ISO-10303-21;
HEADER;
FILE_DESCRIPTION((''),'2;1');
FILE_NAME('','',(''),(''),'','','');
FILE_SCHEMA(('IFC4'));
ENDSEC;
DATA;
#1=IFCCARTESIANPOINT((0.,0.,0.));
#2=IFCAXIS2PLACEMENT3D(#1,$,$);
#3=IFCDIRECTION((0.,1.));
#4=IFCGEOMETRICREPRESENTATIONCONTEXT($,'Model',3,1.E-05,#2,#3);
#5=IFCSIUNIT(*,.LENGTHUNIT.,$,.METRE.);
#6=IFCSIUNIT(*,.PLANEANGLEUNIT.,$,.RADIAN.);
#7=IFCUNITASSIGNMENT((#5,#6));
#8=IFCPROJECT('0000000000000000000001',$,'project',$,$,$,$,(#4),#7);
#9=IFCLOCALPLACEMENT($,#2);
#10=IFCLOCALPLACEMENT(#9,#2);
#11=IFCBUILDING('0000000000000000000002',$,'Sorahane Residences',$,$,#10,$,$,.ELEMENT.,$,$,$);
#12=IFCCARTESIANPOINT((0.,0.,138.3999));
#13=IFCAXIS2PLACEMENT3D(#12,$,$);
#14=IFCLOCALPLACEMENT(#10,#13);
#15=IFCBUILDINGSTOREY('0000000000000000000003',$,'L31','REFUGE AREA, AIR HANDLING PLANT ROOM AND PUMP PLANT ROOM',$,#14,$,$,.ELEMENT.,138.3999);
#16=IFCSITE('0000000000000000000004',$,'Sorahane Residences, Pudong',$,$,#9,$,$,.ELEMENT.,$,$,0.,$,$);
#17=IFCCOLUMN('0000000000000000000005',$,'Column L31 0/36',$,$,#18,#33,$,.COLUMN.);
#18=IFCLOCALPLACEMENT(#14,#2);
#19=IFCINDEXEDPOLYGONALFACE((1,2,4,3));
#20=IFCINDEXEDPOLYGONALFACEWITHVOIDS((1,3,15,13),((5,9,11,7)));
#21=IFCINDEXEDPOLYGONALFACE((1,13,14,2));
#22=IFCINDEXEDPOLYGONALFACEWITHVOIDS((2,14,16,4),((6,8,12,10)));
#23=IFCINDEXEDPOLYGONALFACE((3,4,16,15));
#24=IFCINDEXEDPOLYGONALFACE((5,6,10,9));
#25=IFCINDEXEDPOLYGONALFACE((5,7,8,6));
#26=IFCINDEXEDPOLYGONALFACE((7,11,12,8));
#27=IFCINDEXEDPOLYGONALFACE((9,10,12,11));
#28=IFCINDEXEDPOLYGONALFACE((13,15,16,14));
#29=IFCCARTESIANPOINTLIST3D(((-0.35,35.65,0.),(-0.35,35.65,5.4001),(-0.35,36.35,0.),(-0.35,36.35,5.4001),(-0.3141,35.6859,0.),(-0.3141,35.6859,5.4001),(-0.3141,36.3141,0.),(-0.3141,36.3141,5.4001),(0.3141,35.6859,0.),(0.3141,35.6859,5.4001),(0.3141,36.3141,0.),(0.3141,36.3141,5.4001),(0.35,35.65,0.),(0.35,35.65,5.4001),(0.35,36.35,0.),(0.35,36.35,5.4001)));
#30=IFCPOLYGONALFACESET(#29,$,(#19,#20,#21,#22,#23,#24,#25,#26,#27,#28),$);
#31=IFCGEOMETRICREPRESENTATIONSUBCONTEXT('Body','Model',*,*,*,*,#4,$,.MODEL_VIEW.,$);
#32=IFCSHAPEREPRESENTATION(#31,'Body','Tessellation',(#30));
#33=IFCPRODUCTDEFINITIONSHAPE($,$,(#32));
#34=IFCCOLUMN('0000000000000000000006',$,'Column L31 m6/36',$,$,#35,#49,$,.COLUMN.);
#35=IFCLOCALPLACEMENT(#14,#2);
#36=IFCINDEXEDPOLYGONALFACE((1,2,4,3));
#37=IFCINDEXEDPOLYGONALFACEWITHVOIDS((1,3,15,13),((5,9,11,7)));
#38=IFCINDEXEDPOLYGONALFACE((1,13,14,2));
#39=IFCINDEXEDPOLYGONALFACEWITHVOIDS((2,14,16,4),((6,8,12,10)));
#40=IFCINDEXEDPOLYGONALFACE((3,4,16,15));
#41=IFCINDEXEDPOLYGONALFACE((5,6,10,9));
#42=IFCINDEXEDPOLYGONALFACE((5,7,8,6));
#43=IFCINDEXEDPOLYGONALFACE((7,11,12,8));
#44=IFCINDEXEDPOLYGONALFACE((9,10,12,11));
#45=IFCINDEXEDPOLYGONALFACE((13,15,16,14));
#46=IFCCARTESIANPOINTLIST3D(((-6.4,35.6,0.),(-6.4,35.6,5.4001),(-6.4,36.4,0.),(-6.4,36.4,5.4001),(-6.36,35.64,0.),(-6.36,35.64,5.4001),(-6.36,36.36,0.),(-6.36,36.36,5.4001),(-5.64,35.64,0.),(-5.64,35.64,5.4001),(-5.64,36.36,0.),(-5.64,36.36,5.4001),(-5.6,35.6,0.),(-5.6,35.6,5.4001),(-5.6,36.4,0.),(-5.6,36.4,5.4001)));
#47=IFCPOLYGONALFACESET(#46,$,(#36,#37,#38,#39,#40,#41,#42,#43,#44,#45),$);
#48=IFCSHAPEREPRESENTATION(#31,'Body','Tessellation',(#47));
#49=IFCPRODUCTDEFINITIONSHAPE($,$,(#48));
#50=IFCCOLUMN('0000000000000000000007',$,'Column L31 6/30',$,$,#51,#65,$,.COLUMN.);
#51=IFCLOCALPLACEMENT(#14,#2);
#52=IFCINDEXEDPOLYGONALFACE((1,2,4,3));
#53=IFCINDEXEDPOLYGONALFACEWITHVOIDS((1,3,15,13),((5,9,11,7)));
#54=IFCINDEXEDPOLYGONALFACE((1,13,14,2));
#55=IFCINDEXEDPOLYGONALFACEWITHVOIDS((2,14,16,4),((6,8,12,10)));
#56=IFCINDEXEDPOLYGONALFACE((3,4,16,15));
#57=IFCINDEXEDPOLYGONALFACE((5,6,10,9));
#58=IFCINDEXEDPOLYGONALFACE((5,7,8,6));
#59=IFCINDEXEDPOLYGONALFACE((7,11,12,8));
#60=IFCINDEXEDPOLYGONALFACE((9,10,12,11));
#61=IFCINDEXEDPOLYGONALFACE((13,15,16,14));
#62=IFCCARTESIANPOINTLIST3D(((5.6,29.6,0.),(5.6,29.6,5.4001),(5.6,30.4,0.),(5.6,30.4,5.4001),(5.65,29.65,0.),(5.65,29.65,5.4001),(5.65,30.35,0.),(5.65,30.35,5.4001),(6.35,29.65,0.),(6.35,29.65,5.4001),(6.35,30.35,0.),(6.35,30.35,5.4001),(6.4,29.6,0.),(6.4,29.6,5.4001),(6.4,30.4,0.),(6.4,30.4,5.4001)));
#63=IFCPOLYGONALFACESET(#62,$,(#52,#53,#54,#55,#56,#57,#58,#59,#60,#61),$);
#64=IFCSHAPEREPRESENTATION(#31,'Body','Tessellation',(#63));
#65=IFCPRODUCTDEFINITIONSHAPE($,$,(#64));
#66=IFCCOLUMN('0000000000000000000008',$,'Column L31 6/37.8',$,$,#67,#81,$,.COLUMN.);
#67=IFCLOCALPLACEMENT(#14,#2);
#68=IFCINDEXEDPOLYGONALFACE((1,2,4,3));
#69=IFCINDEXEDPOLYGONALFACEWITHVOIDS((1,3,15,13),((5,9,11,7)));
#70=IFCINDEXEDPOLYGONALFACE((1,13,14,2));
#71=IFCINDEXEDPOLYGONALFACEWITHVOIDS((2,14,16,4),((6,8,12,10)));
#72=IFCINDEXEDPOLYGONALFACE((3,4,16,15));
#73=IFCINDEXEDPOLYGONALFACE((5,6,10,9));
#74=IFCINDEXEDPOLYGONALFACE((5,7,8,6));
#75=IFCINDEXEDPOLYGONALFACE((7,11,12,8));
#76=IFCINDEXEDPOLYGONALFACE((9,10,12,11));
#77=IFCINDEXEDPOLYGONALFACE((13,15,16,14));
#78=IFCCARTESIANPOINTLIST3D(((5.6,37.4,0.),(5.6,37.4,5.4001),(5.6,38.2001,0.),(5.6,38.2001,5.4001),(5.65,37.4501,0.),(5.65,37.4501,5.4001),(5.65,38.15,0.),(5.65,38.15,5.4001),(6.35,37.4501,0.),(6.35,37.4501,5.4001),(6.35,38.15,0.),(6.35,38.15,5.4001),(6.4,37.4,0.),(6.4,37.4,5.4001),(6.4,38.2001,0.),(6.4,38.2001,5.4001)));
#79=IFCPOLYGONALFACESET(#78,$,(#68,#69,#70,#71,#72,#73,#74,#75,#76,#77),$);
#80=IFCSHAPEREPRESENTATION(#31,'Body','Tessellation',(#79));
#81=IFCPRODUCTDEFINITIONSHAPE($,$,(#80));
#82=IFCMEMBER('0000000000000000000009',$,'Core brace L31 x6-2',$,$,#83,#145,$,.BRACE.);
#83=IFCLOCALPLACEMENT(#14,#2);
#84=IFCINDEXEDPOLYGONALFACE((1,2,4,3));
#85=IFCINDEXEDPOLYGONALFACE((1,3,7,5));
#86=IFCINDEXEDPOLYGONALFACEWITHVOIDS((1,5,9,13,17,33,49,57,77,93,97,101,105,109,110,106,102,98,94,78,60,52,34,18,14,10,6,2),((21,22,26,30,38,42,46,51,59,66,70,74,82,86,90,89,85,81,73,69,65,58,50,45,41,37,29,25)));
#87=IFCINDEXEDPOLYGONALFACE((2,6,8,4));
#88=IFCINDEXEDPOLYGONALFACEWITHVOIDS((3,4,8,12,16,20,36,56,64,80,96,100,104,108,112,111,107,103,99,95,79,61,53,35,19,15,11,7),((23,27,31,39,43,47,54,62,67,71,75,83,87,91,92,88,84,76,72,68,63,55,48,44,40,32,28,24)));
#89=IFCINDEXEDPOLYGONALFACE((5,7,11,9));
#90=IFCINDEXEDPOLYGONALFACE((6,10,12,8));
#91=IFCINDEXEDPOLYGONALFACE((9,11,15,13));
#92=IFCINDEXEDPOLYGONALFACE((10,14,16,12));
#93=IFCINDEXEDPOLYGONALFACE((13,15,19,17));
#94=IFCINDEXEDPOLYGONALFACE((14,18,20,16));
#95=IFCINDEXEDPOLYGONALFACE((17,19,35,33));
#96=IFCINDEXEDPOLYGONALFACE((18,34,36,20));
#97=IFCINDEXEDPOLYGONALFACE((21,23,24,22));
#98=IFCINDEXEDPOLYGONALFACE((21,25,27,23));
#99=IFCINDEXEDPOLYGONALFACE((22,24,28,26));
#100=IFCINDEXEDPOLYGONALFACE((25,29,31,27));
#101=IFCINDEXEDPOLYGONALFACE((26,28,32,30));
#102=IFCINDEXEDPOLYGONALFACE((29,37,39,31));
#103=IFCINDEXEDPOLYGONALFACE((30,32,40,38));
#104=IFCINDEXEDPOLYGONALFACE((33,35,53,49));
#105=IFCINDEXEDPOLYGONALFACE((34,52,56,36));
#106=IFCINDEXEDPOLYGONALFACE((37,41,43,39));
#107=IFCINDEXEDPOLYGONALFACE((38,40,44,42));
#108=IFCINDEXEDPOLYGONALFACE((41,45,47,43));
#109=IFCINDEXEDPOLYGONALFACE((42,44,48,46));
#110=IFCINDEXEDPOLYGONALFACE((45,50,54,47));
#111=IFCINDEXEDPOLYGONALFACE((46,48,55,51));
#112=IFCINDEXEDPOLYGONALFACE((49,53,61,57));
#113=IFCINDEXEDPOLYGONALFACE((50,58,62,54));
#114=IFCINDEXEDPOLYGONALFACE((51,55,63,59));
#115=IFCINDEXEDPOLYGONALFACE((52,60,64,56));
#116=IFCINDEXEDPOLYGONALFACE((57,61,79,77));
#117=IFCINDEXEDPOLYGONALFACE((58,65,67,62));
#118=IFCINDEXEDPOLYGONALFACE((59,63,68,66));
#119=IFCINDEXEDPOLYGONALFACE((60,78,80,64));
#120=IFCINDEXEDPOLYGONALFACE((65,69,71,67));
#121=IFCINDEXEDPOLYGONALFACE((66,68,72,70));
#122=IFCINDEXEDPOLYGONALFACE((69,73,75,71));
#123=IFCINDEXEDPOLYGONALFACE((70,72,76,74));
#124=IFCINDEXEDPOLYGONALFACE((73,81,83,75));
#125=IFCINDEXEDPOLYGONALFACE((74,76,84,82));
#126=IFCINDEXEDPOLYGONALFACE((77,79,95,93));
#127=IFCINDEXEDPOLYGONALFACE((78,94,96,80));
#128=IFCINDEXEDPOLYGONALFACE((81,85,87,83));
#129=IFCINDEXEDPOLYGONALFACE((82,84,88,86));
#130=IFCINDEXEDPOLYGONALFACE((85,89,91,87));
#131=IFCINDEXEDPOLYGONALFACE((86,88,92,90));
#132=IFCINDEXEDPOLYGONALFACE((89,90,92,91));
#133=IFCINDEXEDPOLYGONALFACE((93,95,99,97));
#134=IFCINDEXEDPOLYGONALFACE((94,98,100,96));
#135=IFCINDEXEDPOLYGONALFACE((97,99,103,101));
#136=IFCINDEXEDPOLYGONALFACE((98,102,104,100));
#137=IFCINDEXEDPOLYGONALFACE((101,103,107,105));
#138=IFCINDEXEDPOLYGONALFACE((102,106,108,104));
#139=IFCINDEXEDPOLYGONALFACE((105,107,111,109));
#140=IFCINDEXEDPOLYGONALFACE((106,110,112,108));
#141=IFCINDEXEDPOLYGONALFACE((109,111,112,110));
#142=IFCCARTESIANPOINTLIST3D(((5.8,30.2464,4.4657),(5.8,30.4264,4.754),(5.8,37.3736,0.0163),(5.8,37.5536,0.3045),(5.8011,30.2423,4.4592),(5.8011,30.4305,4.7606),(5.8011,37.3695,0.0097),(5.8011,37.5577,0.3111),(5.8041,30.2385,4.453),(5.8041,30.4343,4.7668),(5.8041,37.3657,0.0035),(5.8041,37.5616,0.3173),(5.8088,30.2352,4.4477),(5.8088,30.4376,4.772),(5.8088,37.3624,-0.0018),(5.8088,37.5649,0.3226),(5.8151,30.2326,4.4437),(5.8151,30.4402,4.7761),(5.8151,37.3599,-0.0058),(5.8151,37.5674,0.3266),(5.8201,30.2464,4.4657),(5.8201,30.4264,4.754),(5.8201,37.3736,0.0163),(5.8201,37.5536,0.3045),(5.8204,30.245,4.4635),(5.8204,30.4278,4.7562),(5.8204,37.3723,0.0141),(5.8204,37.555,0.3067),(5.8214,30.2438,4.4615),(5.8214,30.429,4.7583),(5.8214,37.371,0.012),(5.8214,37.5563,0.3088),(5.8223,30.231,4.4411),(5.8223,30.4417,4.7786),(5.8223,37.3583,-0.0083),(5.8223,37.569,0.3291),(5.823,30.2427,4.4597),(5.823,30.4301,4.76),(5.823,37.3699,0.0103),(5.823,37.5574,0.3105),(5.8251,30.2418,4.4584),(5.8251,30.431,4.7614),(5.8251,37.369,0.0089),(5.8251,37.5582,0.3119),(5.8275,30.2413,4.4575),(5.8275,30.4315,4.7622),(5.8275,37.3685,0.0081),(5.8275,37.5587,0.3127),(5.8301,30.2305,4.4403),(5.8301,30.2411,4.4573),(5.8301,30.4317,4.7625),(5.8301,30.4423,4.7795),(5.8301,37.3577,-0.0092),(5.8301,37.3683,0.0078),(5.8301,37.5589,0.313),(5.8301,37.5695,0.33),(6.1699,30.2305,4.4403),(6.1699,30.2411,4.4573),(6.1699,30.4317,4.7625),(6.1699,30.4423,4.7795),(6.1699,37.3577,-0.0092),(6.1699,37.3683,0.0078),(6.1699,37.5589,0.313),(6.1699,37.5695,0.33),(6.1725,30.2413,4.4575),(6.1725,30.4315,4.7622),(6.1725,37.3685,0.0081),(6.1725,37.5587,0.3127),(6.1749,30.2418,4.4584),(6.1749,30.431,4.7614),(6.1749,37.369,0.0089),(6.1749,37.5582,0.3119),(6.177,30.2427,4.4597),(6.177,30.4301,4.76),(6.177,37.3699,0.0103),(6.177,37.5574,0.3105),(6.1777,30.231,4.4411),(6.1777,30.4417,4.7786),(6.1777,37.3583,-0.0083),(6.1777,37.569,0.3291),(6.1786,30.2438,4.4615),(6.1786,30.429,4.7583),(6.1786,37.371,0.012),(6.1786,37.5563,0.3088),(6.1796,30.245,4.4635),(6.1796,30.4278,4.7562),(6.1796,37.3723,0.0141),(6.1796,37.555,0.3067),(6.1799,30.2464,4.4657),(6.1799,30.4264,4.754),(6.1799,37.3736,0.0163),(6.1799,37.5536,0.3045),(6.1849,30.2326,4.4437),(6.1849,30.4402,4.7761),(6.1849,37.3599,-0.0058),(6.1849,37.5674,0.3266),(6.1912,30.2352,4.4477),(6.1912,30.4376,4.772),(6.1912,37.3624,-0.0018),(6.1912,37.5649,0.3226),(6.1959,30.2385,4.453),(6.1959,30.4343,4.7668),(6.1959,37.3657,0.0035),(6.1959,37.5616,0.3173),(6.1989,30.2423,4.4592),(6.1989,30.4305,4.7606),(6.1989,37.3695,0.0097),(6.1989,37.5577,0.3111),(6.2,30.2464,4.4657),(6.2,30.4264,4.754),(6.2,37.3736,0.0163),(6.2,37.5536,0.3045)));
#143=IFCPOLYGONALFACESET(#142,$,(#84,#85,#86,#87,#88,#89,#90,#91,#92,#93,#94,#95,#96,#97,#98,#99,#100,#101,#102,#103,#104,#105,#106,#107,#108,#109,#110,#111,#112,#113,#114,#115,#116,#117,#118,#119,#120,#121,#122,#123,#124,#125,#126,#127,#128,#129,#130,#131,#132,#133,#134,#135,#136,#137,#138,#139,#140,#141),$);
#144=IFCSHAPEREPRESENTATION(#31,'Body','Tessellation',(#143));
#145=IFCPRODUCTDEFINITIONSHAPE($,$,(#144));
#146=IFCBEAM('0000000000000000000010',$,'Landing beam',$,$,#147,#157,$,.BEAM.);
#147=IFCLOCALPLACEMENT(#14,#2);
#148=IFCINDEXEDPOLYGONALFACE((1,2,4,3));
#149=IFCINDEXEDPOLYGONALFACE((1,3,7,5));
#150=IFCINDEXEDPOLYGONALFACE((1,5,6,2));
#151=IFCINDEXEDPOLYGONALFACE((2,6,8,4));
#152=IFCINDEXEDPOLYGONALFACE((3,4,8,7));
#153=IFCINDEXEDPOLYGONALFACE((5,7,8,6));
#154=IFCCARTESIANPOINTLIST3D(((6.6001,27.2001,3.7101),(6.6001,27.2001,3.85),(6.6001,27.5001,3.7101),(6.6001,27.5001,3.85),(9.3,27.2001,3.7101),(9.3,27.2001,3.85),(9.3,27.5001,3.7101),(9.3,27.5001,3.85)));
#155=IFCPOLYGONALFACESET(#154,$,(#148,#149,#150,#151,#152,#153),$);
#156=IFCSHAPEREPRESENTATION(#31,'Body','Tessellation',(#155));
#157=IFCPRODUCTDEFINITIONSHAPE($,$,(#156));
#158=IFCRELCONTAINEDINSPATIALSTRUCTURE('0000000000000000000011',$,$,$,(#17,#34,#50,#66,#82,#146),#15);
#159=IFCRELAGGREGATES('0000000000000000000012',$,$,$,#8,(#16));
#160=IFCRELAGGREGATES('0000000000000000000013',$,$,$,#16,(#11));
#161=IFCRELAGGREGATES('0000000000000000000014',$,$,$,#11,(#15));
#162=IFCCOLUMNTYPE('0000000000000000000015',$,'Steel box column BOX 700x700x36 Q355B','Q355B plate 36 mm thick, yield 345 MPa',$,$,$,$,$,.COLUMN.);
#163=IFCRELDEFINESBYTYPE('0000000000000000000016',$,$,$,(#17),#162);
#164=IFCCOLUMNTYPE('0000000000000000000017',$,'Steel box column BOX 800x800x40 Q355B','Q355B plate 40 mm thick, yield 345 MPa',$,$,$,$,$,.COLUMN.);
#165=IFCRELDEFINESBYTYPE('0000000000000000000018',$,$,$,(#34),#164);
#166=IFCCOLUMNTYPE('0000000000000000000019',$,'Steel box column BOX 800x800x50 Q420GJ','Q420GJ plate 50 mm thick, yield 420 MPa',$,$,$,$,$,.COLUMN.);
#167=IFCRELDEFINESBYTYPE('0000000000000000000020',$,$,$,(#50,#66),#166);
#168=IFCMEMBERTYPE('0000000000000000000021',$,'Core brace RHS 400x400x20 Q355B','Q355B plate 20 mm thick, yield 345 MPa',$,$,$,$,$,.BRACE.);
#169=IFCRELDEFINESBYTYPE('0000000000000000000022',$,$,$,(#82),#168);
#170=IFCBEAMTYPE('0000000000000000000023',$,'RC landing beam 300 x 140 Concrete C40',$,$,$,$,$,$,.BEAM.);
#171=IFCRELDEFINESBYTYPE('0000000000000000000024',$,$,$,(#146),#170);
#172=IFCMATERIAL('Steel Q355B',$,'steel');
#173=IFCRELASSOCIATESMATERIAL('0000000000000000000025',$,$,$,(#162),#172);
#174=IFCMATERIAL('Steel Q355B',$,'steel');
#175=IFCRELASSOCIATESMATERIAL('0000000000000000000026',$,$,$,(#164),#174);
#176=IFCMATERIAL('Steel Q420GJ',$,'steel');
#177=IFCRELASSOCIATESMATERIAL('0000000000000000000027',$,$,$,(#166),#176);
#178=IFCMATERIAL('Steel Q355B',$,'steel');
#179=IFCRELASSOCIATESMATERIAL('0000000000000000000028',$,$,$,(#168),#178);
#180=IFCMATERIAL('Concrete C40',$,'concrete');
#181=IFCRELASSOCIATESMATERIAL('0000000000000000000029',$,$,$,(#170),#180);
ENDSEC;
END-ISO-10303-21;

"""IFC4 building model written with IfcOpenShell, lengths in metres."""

from ifc_helpers import new_model, si_unit, direction, frame, origin, origin_2d, place, context, subcontext, project, spatial, rectangle, hollow_rectangle, extrude, material, material_profile, profile_set, type_object, element, save


model = new_model("IFC4")

# Units and contexts
model_context = context("Model", 3, precision=1e-05, world=origin(), true_north=direction((0.0, 1.0)))
body_context = subcontext(model_context, "Body", "Model", "MODEL_VIEW")
ifc_project = project(units=[si_unit("LENGTHUNIT", "METRE"), si_unit("PLANEANGLEUNIT", "RADIAN")], contexts=[model_context])

# Site, building, storey
site_placement = place(None, origin())
site = spatial("IfcSite", under=ifc_project, at=site_placement, Name="Sorahane Residences, Pudong", CompositionType="ELEMENT", RefElevation=0.0)
building_placement = place(site_placement, origin())
building = spatial("IfcBuilding", under=site, at=building_placement, Name="Sorahane Residences", CompositionType="ELEMENT")
storey_placement = place(building_placement, frame((0.0, 0.0, 138.3999)))
storey = spatial("IfcBuildingStorey", under=building, at=storey_placement, Name="L31", Description="REFUGE AREA, AIR HANDLING PLANT ROOM AND PUMP PLANT ROOM", CompositionType="ELEMENT", Elevation=138.3999)

# Columns
ifc_material_1 = material(Name="Steel Q355B", Category="steel")
ifc_material_profile_1 = material_profile(ifc_material_1, hollow_rectangle(XDim=0.7, YDim=0.7, WallThickness=0.0359, at=origin_2d()), Name="BOX 700x700x36")
ifc_profile_set_1 = profile_set([ifc_material_profile_1], Name="Steel Q355B")
column_type_1 = type_object("IfcColumnType", Name="Steel box column BOX 700x700x36 Q355B", Description="Q355B plate 36 mm thick, yield 345 MPa", PredefinedType="COLUMN", material=ifc_profile_set_1)
column_1_placement = place(storey_placement, frame((0.0, 36.0, 0.0), z_axis=(0.0, 0.0, 1.0), x_axis=(1.0, 0.0, 0.0)))
element("IfcColumn", 1, at=column_1_placement, inside=storey, type_object=column_type_1, Name="Column L31 0/36", PredefinedType="COLUMN", context=body_context, shape_type="SweptSolid", body=[
    extrude(hollow_rectangle(XDim=0.7, YDim=0.7, WallThickness=0.0359, at=origin_2d()), origin(), (0.0, 0.0, 1.0), 5.4001),
])
ifc_material_2 = material(Name="Steel Q355B", Category="steel")
ifc_material_profile_2 = material_profile(ifc_material_2, hollow_rectangle(XDim=0.8, YDim=0.8, WallThickness=0.04, at=origin_2d()), Name="BOX 800x800x40")
ifc_profile_set_2 = profile_set([ifc_material_profile_2], Name="Steel Q355B")
column_type_2 = type_object("IfcColumnType", Name="Steel box column BOX 800x800x40 Q355B", Description="Q355B plate 40 mm thick, yield 345 MPa", PredefinedType="COLUMN", material=ifc_profile_set_2)
column_2_placement = place(storey_placement, frame((-6.0, 36.0, 0.0), z_axis=(0.0, 0.0, 1.0), x_axis=(1.0, 0.0, 0.0)))
element("IfcColumn", 2, at=column_2_placement, inside=storey, type_object=column_type_2, Name="Column L31 m6/36", PredefinedType="COLUMN", context=body_context, shape_type="SweptSolid", body=[
    extrude(hollow_rectangle(XDim=0.8, YDim=0.8, WallThickness=0.04, at=origin_2d()), origin(), (0.0, 0.0, 1.0), 5.4001),
])
ifc_material_3 = material(Name="Steel Q420GJ", Category="steel")
ifc_material_profile_3 = material_profile(ifc_material_3, hollow_rectangle(XDim=0.8, YDim=0.8, WallThickness=0.05, at=origin_2d()), Name="BOX 800x800x50")
ifc_profile_set_3 = profile_set([ifc_material_profile_3], Name="Steel Q420GJ")
column_type_3 = type_object("IfcColumnType", Name="Steel box column BOX 800x800x50 Q420GJ", Description="Q420GJ plate 50 mm thick, yield 420 MPa", PredefinedType="COLUMN", material=ifc_profile_set_3)
for number, where, z_axis, x_axis, name in (
    (3, (6.0, 30.0, 0.0), (0.0, 0.0, 1.0), (1.0, 0.0, 0.0), "Column L31 6/30"),
    (4, (6.0, 37.8, 0.0), (0.0, 0.0, 1.0), (1.0, 0.0, 0.0), "Column L31 6/37.8"),
):
    element("IfcColumn", number, at=place(storey_placement, frame(where, z_axis=z_axis, x_axis=x_axis)), inside=storey, type_object=column_type_3, Name=name, PredefinedType="COLUMN", context=body_context, shape_type="SweptSolid", body=[
        extrude(hollow_rectangle(XDim=0.8, YDim=0.8, WallThickness=0.05, at=origin_2d()), origin(), (0.0, 0.0, 1.0), 5.4001),
    ])

# Member
ifc_material_4 = material(Name="Steel Q355B", Category="steel")
ifc_material_profile_4 = material_profile(ifc_material_4, hollow_rectangle(XDim=0.3999, YDim=0.3999, WallThickness=0.02, InnerFilletRadius=0.01, OuterFilletRadius=0.03, at=origin_2d()), Name="RHS 400x400x20")
ifc_profile_set_4 = profile_set([ifc_material_profile_4], Name="Steel Q355B")
member_type = type_object("IfcMemberType", Name="Core brace RHS 400x400x20 Q355B", Description="Q355B plate 20 mm thick, yield 345 MPa", PredefinedType="BRACE", material=ifc_profile_set_4)
member_placement = place(storey_placement, frame((6.0, 37.4636, 0.1604), z_axis=(0.0, -0.848268, 0.529568), x_axis=(1.0, 0.0, 0.0)))
element("IfcMember", 5, at=member_placement, inside=storey, type_object=member_type, Name="Core brace L31 x6-2", PredefinedType="BRACE", context=body_context, shape_type="SweptSolid", body=[
    extrude(hollow_rectangle(XDim=0.3999, YDim=0.3999, WallThickness=0.02, InnerFilletRadius=0.01, OuterFilletRadius=0.03, at=origin_2d()), origin(), (0.0, 0.0, 1.0), 8.4021),
])

# Beam
ifc_material_5 = material(Name="Concrete C40", Category="concrete")
ifc_material_profile_5 = material_profile(ifc_material_5, rectangle(XDim=0.3, YDim=0.1399, at=origin_2d()), Name="300x140")
ifc_profile_set_5 = profile_set([ifc_material_profile_5], Name="Concrete C40")
beam_type_1 = type_object("IfcBeamType", Name="RC landing beam 300 x 140 Concrete C40", PredefinedType="BEAM", material=ifc_profile_set_5)
beam_1_placement = place(storey_placement, frame((6.6001, 27.3501, 3.78), z_axis=(1.0, 0.0, 0.0), x_axis=(0.0, 1.0, 0.0)))
element("IfcBeam", 6, at=beam_1_placement, inside=storey, type_object=beam_type_1, Name="Landing beam", PredefinedType="BEAM", context=body_context, shape_type="SweptSolid", body=[
    extrude(rectangle(XDim=0.3, YDim=0.1399, at=origin_2d()), origin(), (0.0, 0.0, 1.0), 2.7),
])

save(model, "model.ifc")
